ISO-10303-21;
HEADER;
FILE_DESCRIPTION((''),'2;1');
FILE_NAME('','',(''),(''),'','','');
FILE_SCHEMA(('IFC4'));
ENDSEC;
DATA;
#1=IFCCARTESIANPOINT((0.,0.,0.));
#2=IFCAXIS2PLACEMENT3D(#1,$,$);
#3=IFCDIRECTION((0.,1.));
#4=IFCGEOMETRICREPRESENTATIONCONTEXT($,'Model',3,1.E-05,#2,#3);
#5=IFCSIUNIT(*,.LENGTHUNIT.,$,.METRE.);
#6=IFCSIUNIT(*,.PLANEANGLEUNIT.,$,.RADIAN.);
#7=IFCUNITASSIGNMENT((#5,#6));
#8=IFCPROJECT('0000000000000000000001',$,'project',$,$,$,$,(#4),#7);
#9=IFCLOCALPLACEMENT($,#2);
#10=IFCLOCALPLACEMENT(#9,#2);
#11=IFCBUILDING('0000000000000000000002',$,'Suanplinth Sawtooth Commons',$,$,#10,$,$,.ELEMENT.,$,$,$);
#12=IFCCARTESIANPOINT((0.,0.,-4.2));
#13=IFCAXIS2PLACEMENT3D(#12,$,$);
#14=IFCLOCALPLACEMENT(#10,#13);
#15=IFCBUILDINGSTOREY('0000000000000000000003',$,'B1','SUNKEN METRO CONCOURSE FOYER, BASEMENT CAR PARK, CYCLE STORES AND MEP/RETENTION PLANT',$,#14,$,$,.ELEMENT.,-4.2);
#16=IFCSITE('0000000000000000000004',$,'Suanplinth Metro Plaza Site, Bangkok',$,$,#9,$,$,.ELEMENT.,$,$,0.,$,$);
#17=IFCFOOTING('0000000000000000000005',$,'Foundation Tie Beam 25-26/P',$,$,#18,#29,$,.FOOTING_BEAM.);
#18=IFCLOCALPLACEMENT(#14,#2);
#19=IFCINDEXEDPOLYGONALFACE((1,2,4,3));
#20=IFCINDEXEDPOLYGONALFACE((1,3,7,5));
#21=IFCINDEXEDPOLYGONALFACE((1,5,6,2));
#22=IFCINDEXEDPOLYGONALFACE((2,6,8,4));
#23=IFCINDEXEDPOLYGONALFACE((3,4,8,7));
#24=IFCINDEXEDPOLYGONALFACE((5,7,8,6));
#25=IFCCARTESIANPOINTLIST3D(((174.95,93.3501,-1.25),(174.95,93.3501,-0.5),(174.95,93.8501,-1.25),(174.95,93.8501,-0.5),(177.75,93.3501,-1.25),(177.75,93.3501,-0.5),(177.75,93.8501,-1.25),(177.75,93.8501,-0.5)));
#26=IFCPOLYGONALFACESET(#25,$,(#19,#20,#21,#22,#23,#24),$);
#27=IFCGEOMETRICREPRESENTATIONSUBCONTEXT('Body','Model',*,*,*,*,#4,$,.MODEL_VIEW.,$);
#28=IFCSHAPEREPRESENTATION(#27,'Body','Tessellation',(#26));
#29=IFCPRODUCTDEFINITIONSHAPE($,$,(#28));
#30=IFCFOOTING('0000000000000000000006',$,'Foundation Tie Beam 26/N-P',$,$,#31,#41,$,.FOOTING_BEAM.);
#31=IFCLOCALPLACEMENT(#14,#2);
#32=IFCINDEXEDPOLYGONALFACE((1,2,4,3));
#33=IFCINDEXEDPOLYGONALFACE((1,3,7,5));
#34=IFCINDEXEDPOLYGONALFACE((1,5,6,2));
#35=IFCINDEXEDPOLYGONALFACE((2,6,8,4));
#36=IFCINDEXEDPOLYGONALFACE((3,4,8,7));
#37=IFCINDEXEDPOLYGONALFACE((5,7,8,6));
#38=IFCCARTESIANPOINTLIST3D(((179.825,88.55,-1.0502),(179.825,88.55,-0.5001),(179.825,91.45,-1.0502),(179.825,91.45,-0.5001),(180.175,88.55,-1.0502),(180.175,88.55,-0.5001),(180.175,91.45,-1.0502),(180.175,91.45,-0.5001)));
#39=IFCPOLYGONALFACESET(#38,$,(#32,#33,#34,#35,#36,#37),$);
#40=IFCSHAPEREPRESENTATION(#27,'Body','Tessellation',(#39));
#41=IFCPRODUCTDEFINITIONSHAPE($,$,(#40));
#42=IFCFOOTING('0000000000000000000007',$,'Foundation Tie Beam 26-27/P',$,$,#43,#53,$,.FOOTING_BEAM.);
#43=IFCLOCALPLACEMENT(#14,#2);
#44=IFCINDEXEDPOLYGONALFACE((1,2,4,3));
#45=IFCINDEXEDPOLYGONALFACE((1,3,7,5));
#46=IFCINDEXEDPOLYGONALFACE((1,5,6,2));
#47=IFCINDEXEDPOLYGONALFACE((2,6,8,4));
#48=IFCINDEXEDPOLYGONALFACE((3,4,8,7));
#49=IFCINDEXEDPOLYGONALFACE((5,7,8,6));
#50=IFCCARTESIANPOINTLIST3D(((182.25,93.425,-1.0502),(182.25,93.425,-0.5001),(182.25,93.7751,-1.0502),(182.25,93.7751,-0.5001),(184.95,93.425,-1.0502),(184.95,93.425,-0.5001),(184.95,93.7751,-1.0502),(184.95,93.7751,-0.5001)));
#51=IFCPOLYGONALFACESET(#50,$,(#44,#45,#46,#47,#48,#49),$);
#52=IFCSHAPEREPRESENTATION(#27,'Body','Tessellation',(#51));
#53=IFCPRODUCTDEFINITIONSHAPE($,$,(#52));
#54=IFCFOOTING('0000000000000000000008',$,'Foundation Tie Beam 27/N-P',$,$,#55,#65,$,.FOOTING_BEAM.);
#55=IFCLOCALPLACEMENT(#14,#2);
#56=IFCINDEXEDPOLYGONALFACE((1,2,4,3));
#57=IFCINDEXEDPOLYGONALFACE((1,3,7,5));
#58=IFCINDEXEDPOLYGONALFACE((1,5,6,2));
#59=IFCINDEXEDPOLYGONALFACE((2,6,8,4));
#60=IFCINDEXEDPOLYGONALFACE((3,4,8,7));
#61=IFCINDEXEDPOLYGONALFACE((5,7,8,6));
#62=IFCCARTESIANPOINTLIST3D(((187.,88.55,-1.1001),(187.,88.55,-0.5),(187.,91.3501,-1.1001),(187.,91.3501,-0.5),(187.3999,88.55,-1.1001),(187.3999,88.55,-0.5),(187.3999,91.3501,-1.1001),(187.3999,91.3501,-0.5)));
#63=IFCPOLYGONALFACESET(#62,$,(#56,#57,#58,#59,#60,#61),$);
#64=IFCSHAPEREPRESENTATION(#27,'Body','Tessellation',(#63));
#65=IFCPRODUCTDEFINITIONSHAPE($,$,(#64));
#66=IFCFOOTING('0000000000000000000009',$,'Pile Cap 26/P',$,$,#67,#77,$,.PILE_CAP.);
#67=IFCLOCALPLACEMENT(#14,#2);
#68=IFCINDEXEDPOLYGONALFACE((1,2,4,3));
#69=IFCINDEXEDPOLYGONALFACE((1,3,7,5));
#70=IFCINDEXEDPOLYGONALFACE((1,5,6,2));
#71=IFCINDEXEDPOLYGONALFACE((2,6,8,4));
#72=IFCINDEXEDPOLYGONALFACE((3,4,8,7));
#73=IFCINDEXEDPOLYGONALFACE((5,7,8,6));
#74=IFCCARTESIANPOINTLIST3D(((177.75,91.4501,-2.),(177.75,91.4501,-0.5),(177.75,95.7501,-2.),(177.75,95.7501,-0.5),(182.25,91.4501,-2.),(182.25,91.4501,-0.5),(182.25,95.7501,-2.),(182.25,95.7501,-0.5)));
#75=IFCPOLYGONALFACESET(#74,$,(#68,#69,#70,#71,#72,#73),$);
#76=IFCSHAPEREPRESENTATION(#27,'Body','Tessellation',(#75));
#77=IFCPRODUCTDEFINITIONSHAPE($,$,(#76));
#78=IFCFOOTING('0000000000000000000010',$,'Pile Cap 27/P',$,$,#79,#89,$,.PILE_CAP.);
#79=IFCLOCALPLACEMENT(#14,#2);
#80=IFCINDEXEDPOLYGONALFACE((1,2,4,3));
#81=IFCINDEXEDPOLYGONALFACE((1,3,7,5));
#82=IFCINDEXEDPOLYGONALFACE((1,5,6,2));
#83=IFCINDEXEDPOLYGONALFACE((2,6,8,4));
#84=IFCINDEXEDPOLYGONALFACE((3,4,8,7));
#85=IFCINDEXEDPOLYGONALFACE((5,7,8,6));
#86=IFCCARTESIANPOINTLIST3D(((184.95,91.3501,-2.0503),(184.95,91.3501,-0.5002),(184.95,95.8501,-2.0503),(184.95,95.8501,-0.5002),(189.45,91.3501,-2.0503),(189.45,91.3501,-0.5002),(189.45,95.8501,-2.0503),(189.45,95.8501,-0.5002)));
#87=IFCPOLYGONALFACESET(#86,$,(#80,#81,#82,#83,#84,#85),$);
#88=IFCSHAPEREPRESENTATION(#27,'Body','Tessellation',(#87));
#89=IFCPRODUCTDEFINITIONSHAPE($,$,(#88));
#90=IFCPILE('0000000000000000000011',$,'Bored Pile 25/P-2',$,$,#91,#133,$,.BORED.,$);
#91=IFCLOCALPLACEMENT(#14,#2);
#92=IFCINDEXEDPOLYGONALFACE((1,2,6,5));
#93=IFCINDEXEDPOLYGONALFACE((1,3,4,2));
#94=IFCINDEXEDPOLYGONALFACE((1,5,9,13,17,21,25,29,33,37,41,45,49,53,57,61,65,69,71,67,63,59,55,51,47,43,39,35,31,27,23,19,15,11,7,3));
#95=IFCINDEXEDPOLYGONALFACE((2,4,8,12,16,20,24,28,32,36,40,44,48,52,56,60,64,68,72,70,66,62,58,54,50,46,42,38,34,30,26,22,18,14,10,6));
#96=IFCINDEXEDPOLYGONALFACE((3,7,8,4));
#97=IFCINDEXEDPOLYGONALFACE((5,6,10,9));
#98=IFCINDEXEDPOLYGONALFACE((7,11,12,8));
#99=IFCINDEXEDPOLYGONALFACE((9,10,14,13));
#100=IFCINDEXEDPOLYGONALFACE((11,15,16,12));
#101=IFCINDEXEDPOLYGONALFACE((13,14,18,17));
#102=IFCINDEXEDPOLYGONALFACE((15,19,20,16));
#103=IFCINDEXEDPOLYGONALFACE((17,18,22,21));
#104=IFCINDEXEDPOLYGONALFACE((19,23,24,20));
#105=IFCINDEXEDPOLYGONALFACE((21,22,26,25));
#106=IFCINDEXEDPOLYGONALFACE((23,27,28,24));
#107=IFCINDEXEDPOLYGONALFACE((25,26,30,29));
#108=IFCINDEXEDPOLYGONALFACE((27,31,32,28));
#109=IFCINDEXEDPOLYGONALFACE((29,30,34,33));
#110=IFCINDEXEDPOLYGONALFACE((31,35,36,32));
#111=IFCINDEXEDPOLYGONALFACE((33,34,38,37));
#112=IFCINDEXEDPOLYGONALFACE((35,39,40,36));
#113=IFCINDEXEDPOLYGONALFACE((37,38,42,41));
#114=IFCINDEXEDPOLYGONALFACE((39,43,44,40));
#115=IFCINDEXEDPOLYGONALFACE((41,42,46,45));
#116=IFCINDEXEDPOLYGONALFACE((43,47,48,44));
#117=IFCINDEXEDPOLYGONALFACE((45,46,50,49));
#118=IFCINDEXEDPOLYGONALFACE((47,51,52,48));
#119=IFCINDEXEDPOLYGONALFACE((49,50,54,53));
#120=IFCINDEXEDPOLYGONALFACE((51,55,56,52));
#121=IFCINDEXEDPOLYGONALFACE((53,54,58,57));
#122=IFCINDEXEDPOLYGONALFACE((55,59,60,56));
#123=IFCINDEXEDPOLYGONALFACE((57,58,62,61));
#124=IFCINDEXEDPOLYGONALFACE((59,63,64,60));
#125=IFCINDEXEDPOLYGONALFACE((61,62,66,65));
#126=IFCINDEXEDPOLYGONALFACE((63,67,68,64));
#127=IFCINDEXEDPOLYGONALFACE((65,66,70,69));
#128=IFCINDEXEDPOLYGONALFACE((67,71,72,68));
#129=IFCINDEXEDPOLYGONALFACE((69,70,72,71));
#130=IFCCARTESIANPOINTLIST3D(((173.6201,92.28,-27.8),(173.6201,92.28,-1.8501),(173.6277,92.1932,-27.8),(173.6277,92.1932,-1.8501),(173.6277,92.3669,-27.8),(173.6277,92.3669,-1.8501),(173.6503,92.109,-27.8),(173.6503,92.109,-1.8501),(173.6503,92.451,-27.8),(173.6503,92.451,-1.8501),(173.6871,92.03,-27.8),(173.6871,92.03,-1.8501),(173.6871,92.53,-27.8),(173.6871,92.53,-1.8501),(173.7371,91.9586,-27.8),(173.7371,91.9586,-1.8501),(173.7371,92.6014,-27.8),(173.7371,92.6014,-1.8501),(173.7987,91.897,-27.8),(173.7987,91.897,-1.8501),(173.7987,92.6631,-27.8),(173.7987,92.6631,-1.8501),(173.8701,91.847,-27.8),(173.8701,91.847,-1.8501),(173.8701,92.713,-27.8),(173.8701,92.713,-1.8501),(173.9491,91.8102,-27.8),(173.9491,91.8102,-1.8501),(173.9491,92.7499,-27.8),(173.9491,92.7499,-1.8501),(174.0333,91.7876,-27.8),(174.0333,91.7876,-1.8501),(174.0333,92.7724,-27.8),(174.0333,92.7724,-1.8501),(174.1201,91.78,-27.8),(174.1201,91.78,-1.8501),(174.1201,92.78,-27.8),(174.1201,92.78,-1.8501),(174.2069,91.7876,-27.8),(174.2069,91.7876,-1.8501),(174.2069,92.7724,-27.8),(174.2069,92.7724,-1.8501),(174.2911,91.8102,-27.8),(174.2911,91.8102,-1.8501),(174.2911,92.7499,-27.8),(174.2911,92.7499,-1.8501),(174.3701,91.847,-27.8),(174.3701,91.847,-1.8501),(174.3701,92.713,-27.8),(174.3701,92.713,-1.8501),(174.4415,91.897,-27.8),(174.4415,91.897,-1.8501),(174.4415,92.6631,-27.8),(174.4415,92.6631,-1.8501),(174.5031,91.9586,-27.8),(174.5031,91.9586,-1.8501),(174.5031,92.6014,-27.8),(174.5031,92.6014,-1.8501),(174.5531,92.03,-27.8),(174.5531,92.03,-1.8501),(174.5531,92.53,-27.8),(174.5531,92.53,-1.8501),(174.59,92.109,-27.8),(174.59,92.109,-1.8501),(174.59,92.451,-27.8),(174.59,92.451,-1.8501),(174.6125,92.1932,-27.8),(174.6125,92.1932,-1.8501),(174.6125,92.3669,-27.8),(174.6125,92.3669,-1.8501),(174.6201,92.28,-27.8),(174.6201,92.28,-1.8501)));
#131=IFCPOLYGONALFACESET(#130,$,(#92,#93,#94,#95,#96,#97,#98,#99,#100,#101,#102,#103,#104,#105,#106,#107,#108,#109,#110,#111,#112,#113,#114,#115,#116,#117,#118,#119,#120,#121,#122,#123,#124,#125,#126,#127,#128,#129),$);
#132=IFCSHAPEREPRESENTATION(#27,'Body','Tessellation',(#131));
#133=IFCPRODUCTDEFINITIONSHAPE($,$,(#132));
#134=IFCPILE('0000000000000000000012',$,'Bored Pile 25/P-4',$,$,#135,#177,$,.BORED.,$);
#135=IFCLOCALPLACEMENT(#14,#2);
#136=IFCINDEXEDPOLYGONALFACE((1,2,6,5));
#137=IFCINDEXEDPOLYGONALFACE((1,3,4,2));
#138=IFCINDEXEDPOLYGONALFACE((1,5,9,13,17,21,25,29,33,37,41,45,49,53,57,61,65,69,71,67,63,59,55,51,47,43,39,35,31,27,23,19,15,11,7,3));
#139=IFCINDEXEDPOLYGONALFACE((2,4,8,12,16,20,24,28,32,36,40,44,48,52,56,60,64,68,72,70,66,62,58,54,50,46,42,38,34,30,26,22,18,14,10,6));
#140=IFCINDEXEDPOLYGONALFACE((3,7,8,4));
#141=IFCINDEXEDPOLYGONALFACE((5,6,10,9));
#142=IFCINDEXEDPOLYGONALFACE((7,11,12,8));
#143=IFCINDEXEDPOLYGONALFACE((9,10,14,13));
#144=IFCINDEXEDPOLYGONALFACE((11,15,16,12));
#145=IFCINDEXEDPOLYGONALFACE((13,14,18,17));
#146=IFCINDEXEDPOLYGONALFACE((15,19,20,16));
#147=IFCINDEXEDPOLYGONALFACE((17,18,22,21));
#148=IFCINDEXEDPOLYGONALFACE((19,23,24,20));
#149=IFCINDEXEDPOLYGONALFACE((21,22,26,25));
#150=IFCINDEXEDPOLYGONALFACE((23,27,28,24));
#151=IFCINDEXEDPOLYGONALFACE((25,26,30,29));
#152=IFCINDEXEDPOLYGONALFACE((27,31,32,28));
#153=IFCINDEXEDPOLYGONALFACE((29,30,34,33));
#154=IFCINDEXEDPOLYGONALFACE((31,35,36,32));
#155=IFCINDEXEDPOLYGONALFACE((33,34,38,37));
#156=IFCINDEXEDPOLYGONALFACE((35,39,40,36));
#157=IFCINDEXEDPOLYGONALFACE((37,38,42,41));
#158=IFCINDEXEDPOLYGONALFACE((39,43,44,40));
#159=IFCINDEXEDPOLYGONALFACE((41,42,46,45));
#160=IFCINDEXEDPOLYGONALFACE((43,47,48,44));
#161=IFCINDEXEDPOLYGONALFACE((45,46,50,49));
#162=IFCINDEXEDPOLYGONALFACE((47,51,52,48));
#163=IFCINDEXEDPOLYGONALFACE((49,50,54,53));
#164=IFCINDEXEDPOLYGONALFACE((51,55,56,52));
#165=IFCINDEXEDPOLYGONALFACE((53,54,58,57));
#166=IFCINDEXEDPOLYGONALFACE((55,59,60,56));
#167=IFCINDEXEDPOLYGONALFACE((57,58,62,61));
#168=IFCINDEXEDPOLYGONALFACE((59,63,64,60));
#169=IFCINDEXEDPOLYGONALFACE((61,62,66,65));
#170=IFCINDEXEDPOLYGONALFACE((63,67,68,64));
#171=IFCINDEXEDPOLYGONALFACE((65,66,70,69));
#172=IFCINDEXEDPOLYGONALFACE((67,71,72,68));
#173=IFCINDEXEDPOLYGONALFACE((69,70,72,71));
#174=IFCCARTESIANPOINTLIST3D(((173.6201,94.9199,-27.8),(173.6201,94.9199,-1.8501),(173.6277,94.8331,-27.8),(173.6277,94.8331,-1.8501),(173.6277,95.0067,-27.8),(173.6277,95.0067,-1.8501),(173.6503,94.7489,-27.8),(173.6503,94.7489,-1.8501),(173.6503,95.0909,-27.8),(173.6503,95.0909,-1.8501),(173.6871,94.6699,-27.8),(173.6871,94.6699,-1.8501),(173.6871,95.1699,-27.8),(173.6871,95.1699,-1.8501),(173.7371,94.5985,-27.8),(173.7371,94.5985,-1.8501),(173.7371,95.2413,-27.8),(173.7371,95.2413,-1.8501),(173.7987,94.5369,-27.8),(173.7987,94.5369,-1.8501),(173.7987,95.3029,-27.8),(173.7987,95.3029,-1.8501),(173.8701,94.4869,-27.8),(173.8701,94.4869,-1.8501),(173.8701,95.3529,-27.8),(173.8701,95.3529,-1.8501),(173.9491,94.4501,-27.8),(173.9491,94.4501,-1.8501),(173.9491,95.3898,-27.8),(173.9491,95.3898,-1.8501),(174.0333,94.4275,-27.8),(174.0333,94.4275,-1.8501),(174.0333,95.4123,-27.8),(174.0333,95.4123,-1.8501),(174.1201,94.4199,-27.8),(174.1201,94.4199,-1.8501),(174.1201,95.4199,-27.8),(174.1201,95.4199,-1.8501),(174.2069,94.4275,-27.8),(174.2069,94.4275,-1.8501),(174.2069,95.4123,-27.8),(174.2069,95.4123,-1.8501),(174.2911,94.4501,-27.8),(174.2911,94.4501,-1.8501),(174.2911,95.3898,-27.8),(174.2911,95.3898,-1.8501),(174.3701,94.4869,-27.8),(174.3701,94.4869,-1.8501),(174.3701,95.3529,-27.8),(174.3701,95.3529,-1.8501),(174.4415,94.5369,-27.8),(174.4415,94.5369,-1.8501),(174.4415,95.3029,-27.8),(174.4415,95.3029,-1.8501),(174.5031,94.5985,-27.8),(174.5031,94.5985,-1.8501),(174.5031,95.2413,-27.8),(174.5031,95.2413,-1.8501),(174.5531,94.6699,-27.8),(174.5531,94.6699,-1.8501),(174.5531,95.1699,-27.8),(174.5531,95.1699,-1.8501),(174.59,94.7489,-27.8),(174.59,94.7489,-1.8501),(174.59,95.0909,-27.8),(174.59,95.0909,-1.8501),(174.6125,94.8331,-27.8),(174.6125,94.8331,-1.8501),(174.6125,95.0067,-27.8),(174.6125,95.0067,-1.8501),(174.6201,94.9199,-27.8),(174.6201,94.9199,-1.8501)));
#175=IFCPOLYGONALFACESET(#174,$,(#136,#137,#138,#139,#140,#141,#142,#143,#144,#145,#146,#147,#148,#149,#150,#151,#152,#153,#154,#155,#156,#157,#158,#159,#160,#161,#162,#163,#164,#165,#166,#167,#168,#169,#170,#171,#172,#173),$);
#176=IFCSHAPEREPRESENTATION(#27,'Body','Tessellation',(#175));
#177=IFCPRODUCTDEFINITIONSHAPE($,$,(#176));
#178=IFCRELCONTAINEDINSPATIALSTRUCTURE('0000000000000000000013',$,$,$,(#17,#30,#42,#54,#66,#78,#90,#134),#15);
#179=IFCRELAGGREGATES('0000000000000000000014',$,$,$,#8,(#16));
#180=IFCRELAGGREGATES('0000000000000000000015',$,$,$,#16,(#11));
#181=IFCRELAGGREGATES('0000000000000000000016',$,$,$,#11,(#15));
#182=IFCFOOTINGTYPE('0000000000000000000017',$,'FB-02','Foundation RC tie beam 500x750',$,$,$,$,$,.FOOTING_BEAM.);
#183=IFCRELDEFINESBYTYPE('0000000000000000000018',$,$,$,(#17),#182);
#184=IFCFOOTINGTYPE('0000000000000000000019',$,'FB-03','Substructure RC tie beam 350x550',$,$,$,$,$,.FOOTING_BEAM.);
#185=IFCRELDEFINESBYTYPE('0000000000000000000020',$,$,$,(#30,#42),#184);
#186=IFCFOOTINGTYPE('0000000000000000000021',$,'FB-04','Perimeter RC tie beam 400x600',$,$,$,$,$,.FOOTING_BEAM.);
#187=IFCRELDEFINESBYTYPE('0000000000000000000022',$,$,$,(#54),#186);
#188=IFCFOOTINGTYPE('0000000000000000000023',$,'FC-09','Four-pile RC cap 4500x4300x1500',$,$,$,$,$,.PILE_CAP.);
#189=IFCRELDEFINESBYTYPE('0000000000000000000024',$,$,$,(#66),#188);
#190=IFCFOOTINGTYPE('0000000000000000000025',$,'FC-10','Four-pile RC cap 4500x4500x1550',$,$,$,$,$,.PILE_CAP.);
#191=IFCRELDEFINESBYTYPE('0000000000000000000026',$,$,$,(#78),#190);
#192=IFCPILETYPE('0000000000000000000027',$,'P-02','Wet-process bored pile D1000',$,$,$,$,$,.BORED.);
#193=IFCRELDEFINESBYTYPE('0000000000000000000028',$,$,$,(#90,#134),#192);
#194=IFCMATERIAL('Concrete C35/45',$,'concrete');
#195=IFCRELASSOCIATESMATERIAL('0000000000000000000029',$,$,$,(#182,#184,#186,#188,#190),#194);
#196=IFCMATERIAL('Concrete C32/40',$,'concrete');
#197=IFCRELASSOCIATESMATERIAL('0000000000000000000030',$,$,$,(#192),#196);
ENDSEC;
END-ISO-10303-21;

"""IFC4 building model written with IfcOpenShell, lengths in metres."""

from ifc_helpers import new_model, si_unit, direction, frame, origin, origin_2d, place, context, subcontext, project, spatial, rectangle, circle, extrude, material, material_profile, profile_set, type_object, element, save


model = new_model("IFC4")

# Units and contexts
model_context = context("Model", 3, precision=1e-05, world=origin(), true_north=direction((0.0, 1.0)))
body_context = subcontext(model_context, "Body", "Model", "MODEL_VIEW")
ifc_project = project(units=[si_unit("LENGTHUNIT", "METRE"), si_unit("PLANEANGLEUNIT", "RADIAN")], contexts=[model_context])

# Site, building, storey
site_placement = place(None, origin())
site = spatial("IfcSite", under=ifc_project, at=site_placement, Name="Suanplinth Metro Plaza Site, Bangkok", CompositionType="ELEMENT", RefElevation=0.0)
building_placement = place(site_placement, origin())
building = spatial("IfcBuilding", under=site, at=building_placement, Name="Suanplinth Sawtooth Commons", CompositionType="ELEMENT")
storey_placement = place(building_placement, frame((0.0, 0.0, -4.2)))
storey = spatial("IfcBuildingStorey", under=building, at=storey_placement, Name="B1", Description="SUNKEN METRO CONCOURSE FOYER, BASEMENT CAR PARK, CYCLE STORES AND MEP/RETENTION PLANT", CompositionType="ELEMENT", Elevation=-4.2)

# Footings
ifc_material_1 = material(Name="Concrete C35/45", Category="concrete")
ifc_material_profile_1 = material_profile(ifc_material_1, rectangle(XDim=0.5, YDim=0.75, at=origin_2d()), Name="RC-GDR 500x750")
ifc_profile_set_1 = profile_set([ifc_material_profile_1], Name="Concrete C35/45")
footing_type_1 = type_object("IfcFootingType", Name="FB-02", Description="Foundation RC tie beam 500x750", PredefinedType="FOOTING_BEAM", material=ifc_profile_set_1)
footing_1_placement = place(storey_placement, frame((174.95, 93.6001, -0.875), z_axis=(1.0, 0.0, 0.0), x_axis=(0.0, 1.0, 0.0)))
element("IfcFooting", 1, at=footing_1_placement, inside=storey, type_object=footing_type_1, Name="Foundation Tie Beam 25-26/P", PredefinedType="FOOTING_BEAM", context=body_context, shape_type="SweptSolid", body=[
    extrude(rectangle(XDim=0.5, YDim=0.75, at=origin_2d()), origin(), (0.0, 0.0, 1.0), 2.8),
])
ifc_material_profile_2 = material_profile(ifc_material_1, rectangle(XDim=0.3501, YDim=0.55, at=origin_2d()), Name="PC-BM 350x550")
ifc_profile_set_2 = profile_set([ifc_material_profile_2], Name="Concrete C35/45")
footing_type_2 = type_object("IfcFootingType", Name="FB-03", Description="Substructure RC tie beam 350x550", PredefinedType="FOOTING_BEAM", material=ifc_profile_set_2)
footing_2_placement = place(storey_placement, frame((180.0, 88.55, -0.7751), z_axis=(0.0, 1.0, 0.0), x_axis=(-1.0, 0.0, 0.0)))
element("IfcFooting", 2, at=footing_2_placement, inside=storey, type_object=footing_type_2, Name="Foundation Tie Beam 26/N-P", PredefinedType="FOOTING_BEAM", context=body_context, shape_type="SweptSolid", body=[
    extrude(rectangle(XDim=0.3501, YDim=0.55, at=origin_2d()), origin(), (0.0, 0.0, 1.0), 2.8999),
])
footing_3_placement = place(storey_placement, frame((182.25, 93.6001, -0.7751), z_axis=(1.0, 0.0, 0.0), x_axis=(0.0, 1.0, 0.0)))
element("IfcFooting", 3, at=footing_3_placement, inside=storey, type_object=footing_type_2, Name="Foundation Tie Beam 26-27/P", PredefinedType="FOOTING_BEAM", context=body_context, shape_type="SweptSolid", body=[
    extrude(rectangle(XDim=0.3501, YDim=0.55, at=origin_2d()), origin(), (0.0, 0.0, 1.0), 2.7),
])
ifc_material_profile_3 = material_profile(ifc_material_1, rectangle(XDim=0.3999, YDim=0.6001, at=origin_2d()), Name="PC-GDR 400x600")
ifc_profile_set_3 = profile_set([ifc_material_profile_3], Name="Concrete C35/45")
footing_type_3 = type_object("IfcFootingType", Name="FB-04", Description="Perimeter RC tie beam 400x600", PredefinedType="FOOTING_BEAM", material=ifc_profile_set_3)
footing_4_placement = place(storey_placement, frame((187.2, 88.55, -0.8), z_axis=(0.0, 1.0, 0.0), x_axis=(-1.0, 0.0, 0.0)))
element("IfcFooting", 4, at=footing_4_placement, inside=storey, type_object=footing_type_3, Name="Foundation Tie Beam 27/N-P", PredefinedType="FOOTING_BEAM", context=body_context, shape_type="SweptSolid", body=[
    extrude(rectangle(XDim=0.3999, YDim=0.6001, at=origin_2d()), origin(), (0.0, 0.0, 1.0), 2.8),
])
footing_type_4 = type_object("IfcFootingType", Name="FC-09", Description="Four-pile RC cap 4500x4300x1500", PredefinedType="PILE_CAP", material=ifc_material_1)
footing_5_placement = place(storey_placement, frame((180.0, 93.6001, -2.0), z_axis=(0.0, 0.0, 1.0), x_axis=(1.0, 0.0, 0.0)))
element("IfcFooting", 5, at=footing_5_placement, inside=storey, type_object=footing_type_4, Name="Pile Cap 26/P", PredefinedType="PILE_CAP", context=body_context, shape_type="SweptSolid", body=[
    extrude(rectangle(XDim=4.5, YDim=4.3, at=origin_2d()), origin(), (0.0, 0.0, 1.0), 1.5),
])
footing_type_5 = type_object("IfcFootingType", Name="FC-10", Description="Four-pile RC cap 4500x4500x1550", PredefinedType="PILE_CAP", material=ifc_material_1)
footing_6_placement = place(storey_placement, frame((187.2, 93.6001, -2.0503), z_axis=(0.0, 0.0, 1.0), x_axis=(1.0, 0.0, 0.0)))
element("IfcFooting", 6, at=footing_6_placement, inside=storey, type_object=footing_type_5, Name="Pile Cap 27/P", PredefinedType="PILE_CAP", context=body_context, shape_type="SweptSolid", body=[
    extrude(rectangle(XDim=4.5, YDim=4.5, at=origin_2d()), origin(), (0.0, 0.0, 1.0), 1.55),
])

# Piles
ifc_material_2 = material(Name="Concrete C32/40", Category="concrete")
ifc_material_profile_4 = material_profile(ifc_material_2, circle(Radius=0.5, at=origin_2d()), Name="PILE D1000")
ifc_profile_set_4 = profile_set([ifc_material_profile_4], Name="Concrete C32/40")
pile_type = type_object("IfcPileType", Name="P-02", Description="Wet-process bored pile D1000", PredefinedType="BORED", material=ifc_profile_set_4)
for number, where, z_axis, x_axis, name in (
    (7, (174.1201, 92.28, -1.8501), (0.0, 0.0, -1.0), (1.0, 0.0, 0.0), "Bored Pile 25/P-2"),
    (8, (174.1201, 94.9199, -1.8501), (0.0, 0.0, -1.0), (1.0, 0.0, 0.0), "Bored Pile 25/P-4"),
):
    element("IfcPile", number, at=place(storey_placement, frame(where, z_axis=z_axis, x_axis=x_axis)), inside=storey, type_object=pile_type, Name=name, PredefinedType="BORED", context=body_context, shape_type="SweptSolid", body=[
        extrude(circle(Radius=0.5, at=origin_2d()), origin(), (0.0, 0.0, 1.0), 25.95),
    ])

save(model, "model.ifc")
